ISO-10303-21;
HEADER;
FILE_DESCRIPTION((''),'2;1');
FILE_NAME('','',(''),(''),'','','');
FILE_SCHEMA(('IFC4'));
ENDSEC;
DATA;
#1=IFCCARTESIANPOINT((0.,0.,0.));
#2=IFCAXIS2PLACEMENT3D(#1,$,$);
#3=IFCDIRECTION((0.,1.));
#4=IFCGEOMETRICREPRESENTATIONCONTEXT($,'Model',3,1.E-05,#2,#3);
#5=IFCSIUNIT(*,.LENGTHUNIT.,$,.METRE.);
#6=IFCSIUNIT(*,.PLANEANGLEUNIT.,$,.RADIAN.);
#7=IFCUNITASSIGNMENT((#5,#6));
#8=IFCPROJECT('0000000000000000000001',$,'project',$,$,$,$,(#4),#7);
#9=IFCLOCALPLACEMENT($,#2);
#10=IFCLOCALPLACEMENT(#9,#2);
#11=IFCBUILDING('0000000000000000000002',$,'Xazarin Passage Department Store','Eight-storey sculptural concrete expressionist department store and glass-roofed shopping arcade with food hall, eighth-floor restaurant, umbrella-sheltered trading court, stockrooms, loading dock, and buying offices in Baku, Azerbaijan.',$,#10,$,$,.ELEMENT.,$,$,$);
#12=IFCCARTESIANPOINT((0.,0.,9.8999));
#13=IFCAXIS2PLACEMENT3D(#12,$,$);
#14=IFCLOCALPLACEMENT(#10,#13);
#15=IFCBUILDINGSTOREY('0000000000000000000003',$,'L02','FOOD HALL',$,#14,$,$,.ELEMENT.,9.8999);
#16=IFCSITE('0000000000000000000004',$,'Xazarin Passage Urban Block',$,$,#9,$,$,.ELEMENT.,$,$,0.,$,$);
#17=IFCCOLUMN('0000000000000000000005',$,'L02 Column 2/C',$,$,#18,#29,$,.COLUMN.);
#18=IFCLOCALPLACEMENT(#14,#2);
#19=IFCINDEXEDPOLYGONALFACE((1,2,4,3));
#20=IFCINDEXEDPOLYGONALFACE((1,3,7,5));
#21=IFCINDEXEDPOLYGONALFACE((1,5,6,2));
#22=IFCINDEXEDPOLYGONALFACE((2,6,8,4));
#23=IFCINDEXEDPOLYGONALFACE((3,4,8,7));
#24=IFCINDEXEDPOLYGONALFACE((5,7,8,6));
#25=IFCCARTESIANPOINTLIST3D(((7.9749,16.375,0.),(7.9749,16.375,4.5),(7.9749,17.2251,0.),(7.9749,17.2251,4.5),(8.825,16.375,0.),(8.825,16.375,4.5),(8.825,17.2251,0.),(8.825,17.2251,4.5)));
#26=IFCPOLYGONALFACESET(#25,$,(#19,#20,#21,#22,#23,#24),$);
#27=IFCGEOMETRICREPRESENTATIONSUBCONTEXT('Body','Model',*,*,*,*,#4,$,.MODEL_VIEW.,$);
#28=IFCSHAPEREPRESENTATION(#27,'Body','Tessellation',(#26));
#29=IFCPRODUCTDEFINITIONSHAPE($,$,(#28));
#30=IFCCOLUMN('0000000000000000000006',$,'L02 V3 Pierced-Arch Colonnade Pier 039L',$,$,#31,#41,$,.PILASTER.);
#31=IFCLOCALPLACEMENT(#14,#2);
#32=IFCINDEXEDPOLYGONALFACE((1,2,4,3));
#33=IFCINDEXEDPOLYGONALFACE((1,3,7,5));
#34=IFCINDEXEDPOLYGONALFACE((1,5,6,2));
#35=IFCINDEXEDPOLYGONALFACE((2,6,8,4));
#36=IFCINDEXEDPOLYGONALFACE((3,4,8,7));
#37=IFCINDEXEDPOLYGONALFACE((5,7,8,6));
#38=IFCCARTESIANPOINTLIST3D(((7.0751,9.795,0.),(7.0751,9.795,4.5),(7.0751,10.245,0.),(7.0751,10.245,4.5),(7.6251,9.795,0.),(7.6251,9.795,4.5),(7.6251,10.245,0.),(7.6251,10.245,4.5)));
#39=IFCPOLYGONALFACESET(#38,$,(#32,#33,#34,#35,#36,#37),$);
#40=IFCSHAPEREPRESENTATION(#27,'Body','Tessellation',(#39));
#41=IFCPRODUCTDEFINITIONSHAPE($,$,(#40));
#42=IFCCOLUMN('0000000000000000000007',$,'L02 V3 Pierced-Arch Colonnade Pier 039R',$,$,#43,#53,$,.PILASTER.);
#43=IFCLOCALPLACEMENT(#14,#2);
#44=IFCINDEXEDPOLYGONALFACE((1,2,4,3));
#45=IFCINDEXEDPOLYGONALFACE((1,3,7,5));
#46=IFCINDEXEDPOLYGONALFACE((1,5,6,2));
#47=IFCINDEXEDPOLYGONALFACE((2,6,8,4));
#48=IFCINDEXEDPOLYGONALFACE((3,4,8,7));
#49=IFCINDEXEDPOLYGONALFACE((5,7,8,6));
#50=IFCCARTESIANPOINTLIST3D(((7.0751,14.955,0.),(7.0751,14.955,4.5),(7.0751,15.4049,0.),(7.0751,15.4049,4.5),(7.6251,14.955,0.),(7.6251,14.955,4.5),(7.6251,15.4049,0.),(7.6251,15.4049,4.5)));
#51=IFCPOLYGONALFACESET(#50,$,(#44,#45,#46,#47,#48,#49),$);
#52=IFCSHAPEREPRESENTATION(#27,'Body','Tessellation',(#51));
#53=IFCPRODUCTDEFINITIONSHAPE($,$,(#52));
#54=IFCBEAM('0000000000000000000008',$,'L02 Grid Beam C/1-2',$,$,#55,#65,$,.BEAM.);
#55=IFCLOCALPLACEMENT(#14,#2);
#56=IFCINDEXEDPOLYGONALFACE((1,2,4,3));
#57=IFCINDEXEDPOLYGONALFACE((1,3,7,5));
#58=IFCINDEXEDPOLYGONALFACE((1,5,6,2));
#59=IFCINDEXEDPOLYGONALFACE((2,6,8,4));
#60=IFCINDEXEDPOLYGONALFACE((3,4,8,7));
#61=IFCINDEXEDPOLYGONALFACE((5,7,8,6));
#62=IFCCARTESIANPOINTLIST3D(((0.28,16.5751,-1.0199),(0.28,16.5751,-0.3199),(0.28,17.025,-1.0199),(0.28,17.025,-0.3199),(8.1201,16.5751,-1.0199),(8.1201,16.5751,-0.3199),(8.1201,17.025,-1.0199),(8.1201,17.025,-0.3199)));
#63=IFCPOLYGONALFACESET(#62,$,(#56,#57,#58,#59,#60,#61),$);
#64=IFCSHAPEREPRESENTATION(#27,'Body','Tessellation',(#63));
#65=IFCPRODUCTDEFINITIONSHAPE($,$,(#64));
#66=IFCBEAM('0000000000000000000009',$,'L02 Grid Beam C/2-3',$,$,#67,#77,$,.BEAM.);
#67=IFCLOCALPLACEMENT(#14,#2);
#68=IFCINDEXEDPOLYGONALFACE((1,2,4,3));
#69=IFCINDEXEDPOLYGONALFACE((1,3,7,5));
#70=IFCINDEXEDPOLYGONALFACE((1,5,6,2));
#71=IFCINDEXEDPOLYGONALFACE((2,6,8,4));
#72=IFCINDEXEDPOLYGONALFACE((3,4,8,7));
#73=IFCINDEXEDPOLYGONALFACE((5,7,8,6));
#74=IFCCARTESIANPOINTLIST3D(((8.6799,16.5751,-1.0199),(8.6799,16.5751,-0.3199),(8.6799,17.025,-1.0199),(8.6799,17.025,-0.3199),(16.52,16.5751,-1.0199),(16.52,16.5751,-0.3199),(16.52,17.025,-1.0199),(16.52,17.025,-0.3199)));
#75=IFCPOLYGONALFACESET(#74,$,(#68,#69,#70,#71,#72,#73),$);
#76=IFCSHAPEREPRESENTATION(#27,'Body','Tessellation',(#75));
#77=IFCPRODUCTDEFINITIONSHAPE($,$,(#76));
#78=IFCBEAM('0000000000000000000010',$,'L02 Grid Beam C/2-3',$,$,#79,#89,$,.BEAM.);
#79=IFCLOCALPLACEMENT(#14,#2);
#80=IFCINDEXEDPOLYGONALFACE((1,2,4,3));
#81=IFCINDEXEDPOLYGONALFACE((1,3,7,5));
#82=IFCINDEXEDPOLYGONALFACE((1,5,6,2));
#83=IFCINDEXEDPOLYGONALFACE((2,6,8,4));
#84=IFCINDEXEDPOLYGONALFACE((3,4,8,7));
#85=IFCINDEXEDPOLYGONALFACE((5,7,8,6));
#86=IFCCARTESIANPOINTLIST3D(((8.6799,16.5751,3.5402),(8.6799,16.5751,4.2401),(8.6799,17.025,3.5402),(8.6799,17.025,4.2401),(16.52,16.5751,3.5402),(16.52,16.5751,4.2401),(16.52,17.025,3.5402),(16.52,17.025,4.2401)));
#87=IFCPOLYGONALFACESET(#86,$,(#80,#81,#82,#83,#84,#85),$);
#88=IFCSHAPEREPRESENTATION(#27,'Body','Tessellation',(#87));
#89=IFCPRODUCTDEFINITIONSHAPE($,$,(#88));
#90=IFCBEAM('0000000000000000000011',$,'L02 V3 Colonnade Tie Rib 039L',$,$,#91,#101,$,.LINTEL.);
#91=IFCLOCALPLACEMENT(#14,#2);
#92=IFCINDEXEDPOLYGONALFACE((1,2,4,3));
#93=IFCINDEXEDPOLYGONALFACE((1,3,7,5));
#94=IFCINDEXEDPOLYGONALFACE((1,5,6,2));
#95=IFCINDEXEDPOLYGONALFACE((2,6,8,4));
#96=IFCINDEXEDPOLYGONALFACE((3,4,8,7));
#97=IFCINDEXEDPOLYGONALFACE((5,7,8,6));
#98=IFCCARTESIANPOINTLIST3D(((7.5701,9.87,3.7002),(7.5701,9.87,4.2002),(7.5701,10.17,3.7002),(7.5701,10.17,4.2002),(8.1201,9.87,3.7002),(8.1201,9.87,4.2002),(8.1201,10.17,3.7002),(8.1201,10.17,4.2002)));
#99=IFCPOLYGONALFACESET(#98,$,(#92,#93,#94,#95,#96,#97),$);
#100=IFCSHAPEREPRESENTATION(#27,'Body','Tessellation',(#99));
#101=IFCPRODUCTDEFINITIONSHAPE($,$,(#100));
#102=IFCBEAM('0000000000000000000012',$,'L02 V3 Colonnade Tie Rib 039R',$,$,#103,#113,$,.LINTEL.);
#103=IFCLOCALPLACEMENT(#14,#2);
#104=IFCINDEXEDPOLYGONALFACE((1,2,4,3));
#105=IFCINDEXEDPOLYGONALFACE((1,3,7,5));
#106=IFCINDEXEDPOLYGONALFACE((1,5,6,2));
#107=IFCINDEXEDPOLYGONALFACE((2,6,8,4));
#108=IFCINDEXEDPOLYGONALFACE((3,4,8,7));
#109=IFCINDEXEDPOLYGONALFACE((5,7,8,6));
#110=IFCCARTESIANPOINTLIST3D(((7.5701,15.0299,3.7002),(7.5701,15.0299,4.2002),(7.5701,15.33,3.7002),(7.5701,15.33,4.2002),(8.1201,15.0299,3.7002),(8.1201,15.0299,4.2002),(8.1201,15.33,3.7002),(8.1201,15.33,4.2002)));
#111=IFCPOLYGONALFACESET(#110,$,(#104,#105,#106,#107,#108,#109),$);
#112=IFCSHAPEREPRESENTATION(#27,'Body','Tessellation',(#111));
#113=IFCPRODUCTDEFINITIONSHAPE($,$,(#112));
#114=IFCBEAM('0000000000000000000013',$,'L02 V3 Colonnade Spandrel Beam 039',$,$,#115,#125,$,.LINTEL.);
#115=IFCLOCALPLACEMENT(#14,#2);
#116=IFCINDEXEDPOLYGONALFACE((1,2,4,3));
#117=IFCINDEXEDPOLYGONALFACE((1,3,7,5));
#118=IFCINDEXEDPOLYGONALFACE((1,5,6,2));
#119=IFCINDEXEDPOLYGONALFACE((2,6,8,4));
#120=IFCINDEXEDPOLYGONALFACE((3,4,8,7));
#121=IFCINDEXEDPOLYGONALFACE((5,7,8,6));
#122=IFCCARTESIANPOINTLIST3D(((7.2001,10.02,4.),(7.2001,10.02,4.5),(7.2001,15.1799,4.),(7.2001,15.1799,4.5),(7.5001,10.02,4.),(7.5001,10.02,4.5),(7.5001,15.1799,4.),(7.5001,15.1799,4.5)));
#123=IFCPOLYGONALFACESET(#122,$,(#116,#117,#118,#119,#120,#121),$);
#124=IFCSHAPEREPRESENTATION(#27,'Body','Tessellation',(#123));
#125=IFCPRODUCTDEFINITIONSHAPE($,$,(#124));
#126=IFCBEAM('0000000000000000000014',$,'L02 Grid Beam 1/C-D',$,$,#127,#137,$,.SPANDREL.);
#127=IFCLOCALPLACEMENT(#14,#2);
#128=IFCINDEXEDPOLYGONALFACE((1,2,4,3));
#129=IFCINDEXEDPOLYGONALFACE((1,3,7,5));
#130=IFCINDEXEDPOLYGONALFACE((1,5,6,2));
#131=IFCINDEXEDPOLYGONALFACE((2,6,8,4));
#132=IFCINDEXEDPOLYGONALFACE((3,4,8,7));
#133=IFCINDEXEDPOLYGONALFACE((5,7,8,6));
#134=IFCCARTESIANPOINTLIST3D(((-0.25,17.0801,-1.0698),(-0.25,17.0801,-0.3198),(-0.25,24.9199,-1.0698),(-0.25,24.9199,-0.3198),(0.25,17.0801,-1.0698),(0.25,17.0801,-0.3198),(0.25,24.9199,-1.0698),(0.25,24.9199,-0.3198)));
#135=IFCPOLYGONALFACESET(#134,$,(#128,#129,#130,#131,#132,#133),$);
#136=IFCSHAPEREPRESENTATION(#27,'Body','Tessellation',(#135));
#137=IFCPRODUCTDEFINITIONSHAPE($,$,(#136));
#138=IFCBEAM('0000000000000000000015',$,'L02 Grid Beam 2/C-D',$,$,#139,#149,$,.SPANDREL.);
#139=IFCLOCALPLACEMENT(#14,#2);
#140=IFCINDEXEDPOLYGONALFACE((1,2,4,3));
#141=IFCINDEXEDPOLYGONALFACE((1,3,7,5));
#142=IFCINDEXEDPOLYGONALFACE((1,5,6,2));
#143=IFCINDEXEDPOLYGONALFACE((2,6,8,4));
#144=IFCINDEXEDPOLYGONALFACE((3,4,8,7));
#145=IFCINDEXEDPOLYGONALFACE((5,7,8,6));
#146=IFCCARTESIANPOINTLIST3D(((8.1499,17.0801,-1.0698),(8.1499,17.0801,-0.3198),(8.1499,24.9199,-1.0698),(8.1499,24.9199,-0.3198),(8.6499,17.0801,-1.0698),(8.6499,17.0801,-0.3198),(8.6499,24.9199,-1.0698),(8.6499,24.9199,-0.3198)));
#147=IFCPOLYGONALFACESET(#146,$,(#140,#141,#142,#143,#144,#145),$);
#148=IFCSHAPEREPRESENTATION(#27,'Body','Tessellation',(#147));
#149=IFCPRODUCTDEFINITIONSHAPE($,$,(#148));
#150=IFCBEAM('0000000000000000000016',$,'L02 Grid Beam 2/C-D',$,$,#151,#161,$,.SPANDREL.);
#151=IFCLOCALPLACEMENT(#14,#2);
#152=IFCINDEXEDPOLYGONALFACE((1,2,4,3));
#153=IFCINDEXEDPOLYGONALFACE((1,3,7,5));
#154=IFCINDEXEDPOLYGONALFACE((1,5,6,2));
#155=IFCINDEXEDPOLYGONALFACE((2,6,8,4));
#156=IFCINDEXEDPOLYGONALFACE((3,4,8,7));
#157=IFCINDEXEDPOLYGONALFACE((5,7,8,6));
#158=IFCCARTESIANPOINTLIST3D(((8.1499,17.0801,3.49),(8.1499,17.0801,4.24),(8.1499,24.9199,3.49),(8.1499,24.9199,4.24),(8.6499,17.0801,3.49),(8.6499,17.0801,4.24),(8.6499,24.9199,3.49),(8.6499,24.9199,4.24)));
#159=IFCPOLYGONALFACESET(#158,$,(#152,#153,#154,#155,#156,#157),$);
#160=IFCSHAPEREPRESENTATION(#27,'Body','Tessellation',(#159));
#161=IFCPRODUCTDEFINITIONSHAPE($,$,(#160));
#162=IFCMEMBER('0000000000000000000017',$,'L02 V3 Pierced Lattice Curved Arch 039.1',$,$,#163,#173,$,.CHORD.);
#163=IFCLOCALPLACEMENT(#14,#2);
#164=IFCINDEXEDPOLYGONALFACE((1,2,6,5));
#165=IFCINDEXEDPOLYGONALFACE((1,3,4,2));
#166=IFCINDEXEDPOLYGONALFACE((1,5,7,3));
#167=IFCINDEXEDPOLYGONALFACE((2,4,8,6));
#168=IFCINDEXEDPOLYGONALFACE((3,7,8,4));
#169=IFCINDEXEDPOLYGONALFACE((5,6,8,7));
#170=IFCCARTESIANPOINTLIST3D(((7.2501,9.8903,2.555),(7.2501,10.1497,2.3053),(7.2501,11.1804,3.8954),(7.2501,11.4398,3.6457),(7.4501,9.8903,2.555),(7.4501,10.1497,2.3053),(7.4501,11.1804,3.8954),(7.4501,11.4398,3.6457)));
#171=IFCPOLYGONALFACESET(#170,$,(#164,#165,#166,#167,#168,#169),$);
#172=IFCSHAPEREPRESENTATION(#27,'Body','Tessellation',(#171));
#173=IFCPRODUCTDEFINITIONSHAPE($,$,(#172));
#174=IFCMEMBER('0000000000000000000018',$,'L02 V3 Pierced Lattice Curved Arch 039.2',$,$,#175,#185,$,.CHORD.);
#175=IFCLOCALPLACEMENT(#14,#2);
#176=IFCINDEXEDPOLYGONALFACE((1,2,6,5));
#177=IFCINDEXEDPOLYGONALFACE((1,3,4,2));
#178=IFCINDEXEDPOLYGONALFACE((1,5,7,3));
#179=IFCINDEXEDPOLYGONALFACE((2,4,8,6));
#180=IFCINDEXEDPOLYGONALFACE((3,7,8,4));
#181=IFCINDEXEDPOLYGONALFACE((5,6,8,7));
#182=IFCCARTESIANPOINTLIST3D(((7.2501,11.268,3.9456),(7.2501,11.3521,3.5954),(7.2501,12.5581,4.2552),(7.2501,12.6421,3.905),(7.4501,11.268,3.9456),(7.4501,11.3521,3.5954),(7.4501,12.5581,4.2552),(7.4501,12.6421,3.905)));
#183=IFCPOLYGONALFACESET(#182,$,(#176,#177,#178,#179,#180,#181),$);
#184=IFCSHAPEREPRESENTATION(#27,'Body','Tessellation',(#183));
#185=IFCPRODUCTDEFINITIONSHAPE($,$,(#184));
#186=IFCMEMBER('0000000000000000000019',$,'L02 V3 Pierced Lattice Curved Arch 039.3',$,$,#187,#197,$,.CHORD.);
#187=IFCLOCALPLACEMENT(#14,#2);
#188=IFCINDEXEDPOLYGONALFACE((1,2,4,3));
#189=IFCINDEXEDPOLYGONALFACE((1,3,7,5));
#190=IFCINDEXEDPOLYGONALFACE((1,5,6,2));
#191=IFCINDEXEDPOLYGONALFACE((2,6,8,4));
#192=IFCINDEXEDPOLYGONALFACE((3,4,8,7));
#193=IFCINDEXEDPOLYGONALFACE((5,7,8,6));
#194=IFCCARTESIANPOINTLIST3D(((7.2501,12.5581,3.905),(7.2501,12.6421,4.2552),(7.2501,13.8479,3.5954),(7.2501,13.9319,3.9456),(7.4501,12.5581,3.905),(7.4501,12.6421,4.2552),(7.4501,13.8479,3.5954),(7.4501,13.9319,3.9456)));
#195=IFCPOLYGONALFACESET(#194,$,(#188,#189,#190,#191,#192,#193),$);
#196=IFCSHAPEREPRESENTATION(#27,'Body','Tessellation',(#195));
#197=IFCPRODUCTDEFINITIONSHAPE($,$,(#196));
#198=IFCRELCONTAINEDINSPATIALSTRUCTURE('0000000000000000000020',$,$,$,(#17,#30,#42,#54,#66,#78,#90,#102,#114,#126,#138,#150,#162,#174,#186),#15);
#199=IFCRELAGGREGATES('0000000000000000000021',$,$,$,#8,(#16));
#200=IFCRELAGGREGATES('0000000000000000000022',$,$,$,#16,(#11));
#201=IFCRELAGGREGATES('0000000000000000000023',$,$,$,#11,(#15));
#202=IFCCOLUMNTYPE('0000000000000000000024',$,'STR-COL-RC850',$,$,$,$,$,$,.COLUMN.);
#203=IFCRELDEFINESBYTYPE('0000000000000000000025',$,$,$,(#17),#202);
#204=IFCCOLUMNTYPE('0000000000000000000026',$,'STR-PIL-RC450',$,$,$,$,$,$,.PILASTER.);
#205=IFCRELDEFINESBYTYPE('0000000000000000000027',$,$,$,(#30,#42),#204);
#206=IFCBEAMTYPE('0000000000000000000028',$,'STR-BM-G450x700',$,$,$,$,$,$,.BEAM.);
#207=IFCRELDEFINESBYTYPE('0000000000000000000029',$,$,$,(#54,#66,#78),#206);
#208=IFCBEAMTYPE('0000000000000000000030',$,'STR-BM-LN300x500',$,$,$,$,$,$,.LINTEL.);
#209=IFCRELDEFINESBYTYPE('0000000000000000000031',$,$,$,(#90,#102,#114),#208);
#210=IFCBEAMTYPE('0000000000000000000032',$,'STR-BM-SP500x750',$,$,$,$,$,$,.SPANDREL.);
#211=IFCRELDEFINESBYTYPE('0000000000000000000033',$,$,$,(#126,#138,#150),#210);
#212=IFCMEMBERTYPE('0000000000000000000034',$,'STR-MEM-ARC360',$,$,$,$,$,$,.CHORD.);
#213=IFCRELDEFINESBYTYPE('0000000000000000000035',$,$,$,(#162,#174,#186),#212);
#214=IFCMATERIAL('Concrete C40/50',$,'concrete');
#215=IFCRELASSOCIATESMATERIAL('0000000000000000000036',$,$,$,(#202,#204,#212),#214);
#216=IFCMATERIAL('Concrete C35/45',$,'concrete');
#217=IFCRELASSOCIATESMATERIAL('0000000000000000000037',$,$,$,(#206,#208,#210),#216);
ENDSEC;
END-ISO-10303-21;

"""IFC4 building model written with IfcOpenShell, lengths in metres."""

from ifc_helpers import new_model, si_unit, direction, frame, origin, origin_2d, place, context, subcontext, project, spatial, rectangle, extrude, material, material_profile, profile_set, type_object, element, save


model = new_model("IFC4")

# Units and contexts
model_context = context("Model", 3, precision=1e-05, world=origin(), true_north=direction((0.0, 1.0)))
body_context = subcontext(model_context, "Body", "Model", "MODEL_VIEW")
ifc_project = project(units=[si_unit("LENGTHUNIT", "METRE"), si_unit("PLANEANGLEUNIT", "RADIAN")], contexts=[model_context])

# Site, building, storey
site_placement = place(None, origin())
site = spatial("IfcSite", under=ifc_project, at=site_placement, Name="Xazarin Passage Urban Block", CompositionType="ELEMENT", RefElevation=0.0)
building_placement = place(site_placement, origin())
building = spatial("IfcBuilding", under=site, at=building_placement, Name="Xazarin Passage Department Store", Description="Eight-storey sculptural concrete expressionist department store and glass-roofed shopping arcade with food hall, eighth-floor restaurant, umbrella-sheltered trading court, stockrooms, loading dock, and buying offices in Baku, Azerbaijan.", CompositionType="ELEMENT")
storey_placement = place(building_placement, frame((0.0, 0.0, 9.8999)))
storey = spatial("IfcBuildingStorey", under=building, at=storey_placement, Name="L02", Description="FOOD HALL", CompositionType="ELEMENT", Elevation=9.8999)

# Columns
ifc_material_1 = material(Name="Concrete C40/50", Category="concrete")
ifc_material_profile_1 = material_profile(ifc_material_1, rectangle(XDim=0.8501, YDim=0.8501, at=origin_2d()), Name="RC 850x850")
ifc_profile_set_1 = profile_set([ifc_material_profile_1], Name="Concrete C40/50")
column_type_1 = type_object("IfcColumnType", Name="STR-COL-RC850", PredefinedType="COLUMN", material=ifc_profile_set_1)
column_placement = place(storey_placement, frame((8.3999, 16.8, 0.0), z_axis=(0.0, 0.0, 1.0), x_axis=(1.0, 0.0, 0.0)))
element("IfcColumn", 1, at=column_placement, inside=storey, type_object=column_type_1, Name="L02 Column 2/C", PredefinedType="COLUMN", context=body_context, shape_type="SweptSolid", body=[
    extrude(rectangle(XDim=0.8501, YDim=0.8501, at=origin_2d()), origin(), (0.0, 0.0, 1.0), 4.5),
])
ifc_material_profile_2 = material_profile(ifc_material_1, rectangle(XDim=0.45, YDim=0.55, at=origin_2d()), Name="RC 450x550")
ifc_profile_set_2 = profile_set([ifc_material_profile_2], Name="Concrete C40/50")
column_type_2 = type_object("IfcColumnType", Name="STR-PIL-RC450", PredefinedType="PILASTER", material=ifc_profile_set_2)
for number, where, z_axis, x_axis, name in (
    (2, (7.3501, 10.02, 0.0), (0.0, 0.0, 1.0), (0.0, 1.0, 0.0), "L02 V3 Pierced-Arch Colonnade Pier 039L"),
    (3, (7.3501, 15.1799, 0.0), (0.0, 0.0, 1.0), (0.0, 1.0, 0.0), "L02 V3 Pierced-Arch Colonnade Pier 039R"),
):
    element("IfcColumn", number, at=place(storey_placement, frame(where, z_axis=z_axis, x_axis=x_axis)), inside=storey, type_object=column_type_2, Name=name, PredefinedType="PILASTER", context=body_context, shape_type="SweptSolid", body=[
        extrude(rectangle(XDim=0.45, YDim=0.55, at=origin_2d()), origin(), (0.0, 0.0, 1.0), 4.5),
    ])

# Beams
ifc_material_2 = material(Name="Concrete C35/45", Category="concrete")
ifc_material_profile_3 = material_profile(ifc_material_2, rectangle(XDim=0.45, YDim=0.7, at=origin_2d()), Name="RC 450x700")
ifc_profile_set_3 = profile_set([ifc_material_profile_3], Name="Concrete C35/45")
beam_type_1 = type_object("IfcBeamType", Name="STR-BM-G450x700", PredefinedType="BEAM", material=ifc_profile_set_3)
for number, where, z_axis, x_axis, name in (
    (4, (0.28, 16.8, -0.6699), (1.0, 0.0, 0.0), (0.0, 1.0, 0.0), "L02 Grid Beam C/1-2"),
    (5, (8.6799, 16.8, -0.6699), (1.0, 0.0, 0.0), (0.0, 1.0, 0.0), "L02 Grid Beam C/2-3"),
    (6, (8.6799, 16.8, 3.8901), (1.0, 0.0, 0.0), (0.0, 1.0, 0.0), "L02 Grid Beam C/2-3"),
):
    element("IfcBeam", number, at=place(storey_placement, frame(where, z_axis=z_axis, x_axis=x_axis)), inside=storey, type_object=beam_type_1, Name=name, PredefinedType="BEAM", context=body_context, shape_type="SweptSolid", body=[
        extrude(rectangle(XDim=0.45, YDim=0.7, at=origin_2d()), origin(), (0.0, 0.0, 1.0), 7.8401),
    ])
ifc_material_profile_4 = material_profile(ifc_material_2, rectangle(XDim=0.3, YDim=0.5, at=origin_2d()), Name="RC 300x500")
ifc_profile_set_4 = profile_set([ifc_material_profile_4], Name="Concrete C35/45")
beam_type_2 = type_object("IfcBeamType", Name="STR-BM-LN300x500", PredefinedType="LINTEL", material=ifc_profile_set_4)
for number, where, z_axis, x_axis, name in (
    (7, (8.1201, 10.02, 3.9502), (-1.0, 0.0, 0.0), (0.0, -1.0, 0.0), "L02 V3 Colonnade Tie Rib 039L"),
    (8, (8.1201, 15.1799, 3.9502), (-1.0, 0.0, 0.0), (0.0, -1.0, 0.0), "L02 V3 Colonnade Tie Rib 039R"),
):
    element("IfcBeam", number, at=place(storey_placement, frame(where, z_axis=z_axis, x_axis=x_axis)), inside=storey, type_object=beam_type_2, Name=name, PredefinedType="LINTEL", context=body_context, shape_type="SweptSolid", body=[
        extrude(rectangle(XDim=0.3, YDim=0.5, at=origin_2d()), origin(), (0.0, 0.0, 1.0), 0.55),
    ])
beam_placement = place(storey_placement, frame((7.3501, 10.02, 4.25), z_axis=(0.0, 1.0, 0.0), x_axis=(-1.0, 0.0, 0.0)))
element("IfcBeam", 9, at=beam_placement, inside=storey, type_object=beam_type_2, Name="L02 V3 Colonnade Spandrel Beam 039", PredefinedType="LINTEL", context=body_context, shape_type="SweptSolid", body=[
    extrude(rectangle(XDim=0.3, YDim=0.5, at=origin_2d()), origin(), (0.0, 0.0, 1.0), 5.1599),
])
ifc_material_profile_5 = material_profile(ifc_material_2, rectangle(XDim=0.5, YDim=0.75, at=origin_2d()), Name="RC 500x750")
ifc_profile_set_5 = profile_set([ifc_material_profile_5], Name="Concrete C35/45")
beam_type_3 = type_object("IfcBeamType", Name="STR-BM-SP500x750", PredefinedType="SPANDREL", material=ifc_profile_set_5)
for number, where, z_axis, x_axis, name in (
    (10, (0.0, 17.0801, -0.6948), (0.0, 1.0, 0.0), (-1.0, 0.0, 0.0), "L02 Grid Beam 1/C-D"),
    (11, (8.3999, 17.0801, -0.6948), (0.0, 1.0, 0.0), (-1.0, 0.0, 0.0), "L02 Grid Beam 2/C-D"),
    (12, (8.3999, 17.0801, 3.865), (0.0, 1.0, 0.0), (-1.0, 0.0, 0.0), "L02 Grid Beam 2/C-D"),
):
    element("IfcBeam", number, at=place(storey_placement, frame(where, z_axis=z_axis, x_axis=x_axis)), inside=storey, type_object=beam_type_3, Name=name, PredefinedType="SPANDREL", context=body_context, shape_type="SweptSolid", body=[
        extrude(rectangle(XDim=0.5, YDim=0.75, at=origin_2d()), origin(), (0.0, 0.0, 1.0), 7.8398),
    ])

# Members
ifc_material_profile_6 = material_profile(ifc_material_1, rectangle(XDim=0.2, YDim=0.3601, at=origin_2d()), Name="RC 200x360")
ifc_profile_set_6 = profile_set([ifc_material_profile_6], Name="Concrete C40/50")
member_type = type_object("IfcMemberType", Name="STR-MEM-ARC360", PredefinedType="CHORD", material=ifc_profile_set_6)
member_1_placement = place(storey_placement, frame((7.3501, 10.02, 2.4302), z_axis=(0.0, 0.69346, 0.720495), x_axis=(-1.0, 0.0, 0.0)))
element("IfcMember", 13, at=member_1_placement, inside=storey, type_object=member_type, Name="L02 V3 Pierced Lattice Curved Arch 039.1", PredefinedType="CHORD", context=body_context, shape_type="SweptSolid", body=[
    extrude(rectangle(XDim=0.2, YDim=0.3601, at=origin_2d()), origin(), (0.0, 0.0, 1.0), 1.8604),
])
member_2_placement = place(storey_placement, frame((7.3501, 11.3101, 3.7705), z_axis=(0.0, 0.972394, 0.233345), x_axis=(-1.0, 0.0, 0.0)))
element("IfcMember", 14, at=member_2_placement, inside=storey, type_object=member_type, Name="L02 V3 Pierced Lattice Curved Arch 039.2", PredefinedType="CHORD", context=body_context, shape_type="SweptSolid", body=[
    extrude(rectangle(XDim=0.2, YDim=0.3601, at=origin_2d()), origin(), (0.0, 0.0, 1.0), 1.3267),
])
member_3_placement = place(storey_placement, frame((7.3501, 12.6001, 4.0801), z_axis=(0.0, 0.972384, -0.233387), x_axis=(-1.0, 0.0, 0.0)))
element("IfcMember", 15, at=member_3_placement, inside=storey, type_object=member_type, Name="L02 V3 Pierced Lattice Curved Arch 039.3", PredefinedType="CHORD", context=body_context, shape_type="SweptSolid", body=[
    extrude(rectangle(XDim=0.2, YDim=0.3601, at=origin_2d()), origin(), (0.0, 0.0, 1.0), 1.3264),
])

save(model, "model.ifc")
